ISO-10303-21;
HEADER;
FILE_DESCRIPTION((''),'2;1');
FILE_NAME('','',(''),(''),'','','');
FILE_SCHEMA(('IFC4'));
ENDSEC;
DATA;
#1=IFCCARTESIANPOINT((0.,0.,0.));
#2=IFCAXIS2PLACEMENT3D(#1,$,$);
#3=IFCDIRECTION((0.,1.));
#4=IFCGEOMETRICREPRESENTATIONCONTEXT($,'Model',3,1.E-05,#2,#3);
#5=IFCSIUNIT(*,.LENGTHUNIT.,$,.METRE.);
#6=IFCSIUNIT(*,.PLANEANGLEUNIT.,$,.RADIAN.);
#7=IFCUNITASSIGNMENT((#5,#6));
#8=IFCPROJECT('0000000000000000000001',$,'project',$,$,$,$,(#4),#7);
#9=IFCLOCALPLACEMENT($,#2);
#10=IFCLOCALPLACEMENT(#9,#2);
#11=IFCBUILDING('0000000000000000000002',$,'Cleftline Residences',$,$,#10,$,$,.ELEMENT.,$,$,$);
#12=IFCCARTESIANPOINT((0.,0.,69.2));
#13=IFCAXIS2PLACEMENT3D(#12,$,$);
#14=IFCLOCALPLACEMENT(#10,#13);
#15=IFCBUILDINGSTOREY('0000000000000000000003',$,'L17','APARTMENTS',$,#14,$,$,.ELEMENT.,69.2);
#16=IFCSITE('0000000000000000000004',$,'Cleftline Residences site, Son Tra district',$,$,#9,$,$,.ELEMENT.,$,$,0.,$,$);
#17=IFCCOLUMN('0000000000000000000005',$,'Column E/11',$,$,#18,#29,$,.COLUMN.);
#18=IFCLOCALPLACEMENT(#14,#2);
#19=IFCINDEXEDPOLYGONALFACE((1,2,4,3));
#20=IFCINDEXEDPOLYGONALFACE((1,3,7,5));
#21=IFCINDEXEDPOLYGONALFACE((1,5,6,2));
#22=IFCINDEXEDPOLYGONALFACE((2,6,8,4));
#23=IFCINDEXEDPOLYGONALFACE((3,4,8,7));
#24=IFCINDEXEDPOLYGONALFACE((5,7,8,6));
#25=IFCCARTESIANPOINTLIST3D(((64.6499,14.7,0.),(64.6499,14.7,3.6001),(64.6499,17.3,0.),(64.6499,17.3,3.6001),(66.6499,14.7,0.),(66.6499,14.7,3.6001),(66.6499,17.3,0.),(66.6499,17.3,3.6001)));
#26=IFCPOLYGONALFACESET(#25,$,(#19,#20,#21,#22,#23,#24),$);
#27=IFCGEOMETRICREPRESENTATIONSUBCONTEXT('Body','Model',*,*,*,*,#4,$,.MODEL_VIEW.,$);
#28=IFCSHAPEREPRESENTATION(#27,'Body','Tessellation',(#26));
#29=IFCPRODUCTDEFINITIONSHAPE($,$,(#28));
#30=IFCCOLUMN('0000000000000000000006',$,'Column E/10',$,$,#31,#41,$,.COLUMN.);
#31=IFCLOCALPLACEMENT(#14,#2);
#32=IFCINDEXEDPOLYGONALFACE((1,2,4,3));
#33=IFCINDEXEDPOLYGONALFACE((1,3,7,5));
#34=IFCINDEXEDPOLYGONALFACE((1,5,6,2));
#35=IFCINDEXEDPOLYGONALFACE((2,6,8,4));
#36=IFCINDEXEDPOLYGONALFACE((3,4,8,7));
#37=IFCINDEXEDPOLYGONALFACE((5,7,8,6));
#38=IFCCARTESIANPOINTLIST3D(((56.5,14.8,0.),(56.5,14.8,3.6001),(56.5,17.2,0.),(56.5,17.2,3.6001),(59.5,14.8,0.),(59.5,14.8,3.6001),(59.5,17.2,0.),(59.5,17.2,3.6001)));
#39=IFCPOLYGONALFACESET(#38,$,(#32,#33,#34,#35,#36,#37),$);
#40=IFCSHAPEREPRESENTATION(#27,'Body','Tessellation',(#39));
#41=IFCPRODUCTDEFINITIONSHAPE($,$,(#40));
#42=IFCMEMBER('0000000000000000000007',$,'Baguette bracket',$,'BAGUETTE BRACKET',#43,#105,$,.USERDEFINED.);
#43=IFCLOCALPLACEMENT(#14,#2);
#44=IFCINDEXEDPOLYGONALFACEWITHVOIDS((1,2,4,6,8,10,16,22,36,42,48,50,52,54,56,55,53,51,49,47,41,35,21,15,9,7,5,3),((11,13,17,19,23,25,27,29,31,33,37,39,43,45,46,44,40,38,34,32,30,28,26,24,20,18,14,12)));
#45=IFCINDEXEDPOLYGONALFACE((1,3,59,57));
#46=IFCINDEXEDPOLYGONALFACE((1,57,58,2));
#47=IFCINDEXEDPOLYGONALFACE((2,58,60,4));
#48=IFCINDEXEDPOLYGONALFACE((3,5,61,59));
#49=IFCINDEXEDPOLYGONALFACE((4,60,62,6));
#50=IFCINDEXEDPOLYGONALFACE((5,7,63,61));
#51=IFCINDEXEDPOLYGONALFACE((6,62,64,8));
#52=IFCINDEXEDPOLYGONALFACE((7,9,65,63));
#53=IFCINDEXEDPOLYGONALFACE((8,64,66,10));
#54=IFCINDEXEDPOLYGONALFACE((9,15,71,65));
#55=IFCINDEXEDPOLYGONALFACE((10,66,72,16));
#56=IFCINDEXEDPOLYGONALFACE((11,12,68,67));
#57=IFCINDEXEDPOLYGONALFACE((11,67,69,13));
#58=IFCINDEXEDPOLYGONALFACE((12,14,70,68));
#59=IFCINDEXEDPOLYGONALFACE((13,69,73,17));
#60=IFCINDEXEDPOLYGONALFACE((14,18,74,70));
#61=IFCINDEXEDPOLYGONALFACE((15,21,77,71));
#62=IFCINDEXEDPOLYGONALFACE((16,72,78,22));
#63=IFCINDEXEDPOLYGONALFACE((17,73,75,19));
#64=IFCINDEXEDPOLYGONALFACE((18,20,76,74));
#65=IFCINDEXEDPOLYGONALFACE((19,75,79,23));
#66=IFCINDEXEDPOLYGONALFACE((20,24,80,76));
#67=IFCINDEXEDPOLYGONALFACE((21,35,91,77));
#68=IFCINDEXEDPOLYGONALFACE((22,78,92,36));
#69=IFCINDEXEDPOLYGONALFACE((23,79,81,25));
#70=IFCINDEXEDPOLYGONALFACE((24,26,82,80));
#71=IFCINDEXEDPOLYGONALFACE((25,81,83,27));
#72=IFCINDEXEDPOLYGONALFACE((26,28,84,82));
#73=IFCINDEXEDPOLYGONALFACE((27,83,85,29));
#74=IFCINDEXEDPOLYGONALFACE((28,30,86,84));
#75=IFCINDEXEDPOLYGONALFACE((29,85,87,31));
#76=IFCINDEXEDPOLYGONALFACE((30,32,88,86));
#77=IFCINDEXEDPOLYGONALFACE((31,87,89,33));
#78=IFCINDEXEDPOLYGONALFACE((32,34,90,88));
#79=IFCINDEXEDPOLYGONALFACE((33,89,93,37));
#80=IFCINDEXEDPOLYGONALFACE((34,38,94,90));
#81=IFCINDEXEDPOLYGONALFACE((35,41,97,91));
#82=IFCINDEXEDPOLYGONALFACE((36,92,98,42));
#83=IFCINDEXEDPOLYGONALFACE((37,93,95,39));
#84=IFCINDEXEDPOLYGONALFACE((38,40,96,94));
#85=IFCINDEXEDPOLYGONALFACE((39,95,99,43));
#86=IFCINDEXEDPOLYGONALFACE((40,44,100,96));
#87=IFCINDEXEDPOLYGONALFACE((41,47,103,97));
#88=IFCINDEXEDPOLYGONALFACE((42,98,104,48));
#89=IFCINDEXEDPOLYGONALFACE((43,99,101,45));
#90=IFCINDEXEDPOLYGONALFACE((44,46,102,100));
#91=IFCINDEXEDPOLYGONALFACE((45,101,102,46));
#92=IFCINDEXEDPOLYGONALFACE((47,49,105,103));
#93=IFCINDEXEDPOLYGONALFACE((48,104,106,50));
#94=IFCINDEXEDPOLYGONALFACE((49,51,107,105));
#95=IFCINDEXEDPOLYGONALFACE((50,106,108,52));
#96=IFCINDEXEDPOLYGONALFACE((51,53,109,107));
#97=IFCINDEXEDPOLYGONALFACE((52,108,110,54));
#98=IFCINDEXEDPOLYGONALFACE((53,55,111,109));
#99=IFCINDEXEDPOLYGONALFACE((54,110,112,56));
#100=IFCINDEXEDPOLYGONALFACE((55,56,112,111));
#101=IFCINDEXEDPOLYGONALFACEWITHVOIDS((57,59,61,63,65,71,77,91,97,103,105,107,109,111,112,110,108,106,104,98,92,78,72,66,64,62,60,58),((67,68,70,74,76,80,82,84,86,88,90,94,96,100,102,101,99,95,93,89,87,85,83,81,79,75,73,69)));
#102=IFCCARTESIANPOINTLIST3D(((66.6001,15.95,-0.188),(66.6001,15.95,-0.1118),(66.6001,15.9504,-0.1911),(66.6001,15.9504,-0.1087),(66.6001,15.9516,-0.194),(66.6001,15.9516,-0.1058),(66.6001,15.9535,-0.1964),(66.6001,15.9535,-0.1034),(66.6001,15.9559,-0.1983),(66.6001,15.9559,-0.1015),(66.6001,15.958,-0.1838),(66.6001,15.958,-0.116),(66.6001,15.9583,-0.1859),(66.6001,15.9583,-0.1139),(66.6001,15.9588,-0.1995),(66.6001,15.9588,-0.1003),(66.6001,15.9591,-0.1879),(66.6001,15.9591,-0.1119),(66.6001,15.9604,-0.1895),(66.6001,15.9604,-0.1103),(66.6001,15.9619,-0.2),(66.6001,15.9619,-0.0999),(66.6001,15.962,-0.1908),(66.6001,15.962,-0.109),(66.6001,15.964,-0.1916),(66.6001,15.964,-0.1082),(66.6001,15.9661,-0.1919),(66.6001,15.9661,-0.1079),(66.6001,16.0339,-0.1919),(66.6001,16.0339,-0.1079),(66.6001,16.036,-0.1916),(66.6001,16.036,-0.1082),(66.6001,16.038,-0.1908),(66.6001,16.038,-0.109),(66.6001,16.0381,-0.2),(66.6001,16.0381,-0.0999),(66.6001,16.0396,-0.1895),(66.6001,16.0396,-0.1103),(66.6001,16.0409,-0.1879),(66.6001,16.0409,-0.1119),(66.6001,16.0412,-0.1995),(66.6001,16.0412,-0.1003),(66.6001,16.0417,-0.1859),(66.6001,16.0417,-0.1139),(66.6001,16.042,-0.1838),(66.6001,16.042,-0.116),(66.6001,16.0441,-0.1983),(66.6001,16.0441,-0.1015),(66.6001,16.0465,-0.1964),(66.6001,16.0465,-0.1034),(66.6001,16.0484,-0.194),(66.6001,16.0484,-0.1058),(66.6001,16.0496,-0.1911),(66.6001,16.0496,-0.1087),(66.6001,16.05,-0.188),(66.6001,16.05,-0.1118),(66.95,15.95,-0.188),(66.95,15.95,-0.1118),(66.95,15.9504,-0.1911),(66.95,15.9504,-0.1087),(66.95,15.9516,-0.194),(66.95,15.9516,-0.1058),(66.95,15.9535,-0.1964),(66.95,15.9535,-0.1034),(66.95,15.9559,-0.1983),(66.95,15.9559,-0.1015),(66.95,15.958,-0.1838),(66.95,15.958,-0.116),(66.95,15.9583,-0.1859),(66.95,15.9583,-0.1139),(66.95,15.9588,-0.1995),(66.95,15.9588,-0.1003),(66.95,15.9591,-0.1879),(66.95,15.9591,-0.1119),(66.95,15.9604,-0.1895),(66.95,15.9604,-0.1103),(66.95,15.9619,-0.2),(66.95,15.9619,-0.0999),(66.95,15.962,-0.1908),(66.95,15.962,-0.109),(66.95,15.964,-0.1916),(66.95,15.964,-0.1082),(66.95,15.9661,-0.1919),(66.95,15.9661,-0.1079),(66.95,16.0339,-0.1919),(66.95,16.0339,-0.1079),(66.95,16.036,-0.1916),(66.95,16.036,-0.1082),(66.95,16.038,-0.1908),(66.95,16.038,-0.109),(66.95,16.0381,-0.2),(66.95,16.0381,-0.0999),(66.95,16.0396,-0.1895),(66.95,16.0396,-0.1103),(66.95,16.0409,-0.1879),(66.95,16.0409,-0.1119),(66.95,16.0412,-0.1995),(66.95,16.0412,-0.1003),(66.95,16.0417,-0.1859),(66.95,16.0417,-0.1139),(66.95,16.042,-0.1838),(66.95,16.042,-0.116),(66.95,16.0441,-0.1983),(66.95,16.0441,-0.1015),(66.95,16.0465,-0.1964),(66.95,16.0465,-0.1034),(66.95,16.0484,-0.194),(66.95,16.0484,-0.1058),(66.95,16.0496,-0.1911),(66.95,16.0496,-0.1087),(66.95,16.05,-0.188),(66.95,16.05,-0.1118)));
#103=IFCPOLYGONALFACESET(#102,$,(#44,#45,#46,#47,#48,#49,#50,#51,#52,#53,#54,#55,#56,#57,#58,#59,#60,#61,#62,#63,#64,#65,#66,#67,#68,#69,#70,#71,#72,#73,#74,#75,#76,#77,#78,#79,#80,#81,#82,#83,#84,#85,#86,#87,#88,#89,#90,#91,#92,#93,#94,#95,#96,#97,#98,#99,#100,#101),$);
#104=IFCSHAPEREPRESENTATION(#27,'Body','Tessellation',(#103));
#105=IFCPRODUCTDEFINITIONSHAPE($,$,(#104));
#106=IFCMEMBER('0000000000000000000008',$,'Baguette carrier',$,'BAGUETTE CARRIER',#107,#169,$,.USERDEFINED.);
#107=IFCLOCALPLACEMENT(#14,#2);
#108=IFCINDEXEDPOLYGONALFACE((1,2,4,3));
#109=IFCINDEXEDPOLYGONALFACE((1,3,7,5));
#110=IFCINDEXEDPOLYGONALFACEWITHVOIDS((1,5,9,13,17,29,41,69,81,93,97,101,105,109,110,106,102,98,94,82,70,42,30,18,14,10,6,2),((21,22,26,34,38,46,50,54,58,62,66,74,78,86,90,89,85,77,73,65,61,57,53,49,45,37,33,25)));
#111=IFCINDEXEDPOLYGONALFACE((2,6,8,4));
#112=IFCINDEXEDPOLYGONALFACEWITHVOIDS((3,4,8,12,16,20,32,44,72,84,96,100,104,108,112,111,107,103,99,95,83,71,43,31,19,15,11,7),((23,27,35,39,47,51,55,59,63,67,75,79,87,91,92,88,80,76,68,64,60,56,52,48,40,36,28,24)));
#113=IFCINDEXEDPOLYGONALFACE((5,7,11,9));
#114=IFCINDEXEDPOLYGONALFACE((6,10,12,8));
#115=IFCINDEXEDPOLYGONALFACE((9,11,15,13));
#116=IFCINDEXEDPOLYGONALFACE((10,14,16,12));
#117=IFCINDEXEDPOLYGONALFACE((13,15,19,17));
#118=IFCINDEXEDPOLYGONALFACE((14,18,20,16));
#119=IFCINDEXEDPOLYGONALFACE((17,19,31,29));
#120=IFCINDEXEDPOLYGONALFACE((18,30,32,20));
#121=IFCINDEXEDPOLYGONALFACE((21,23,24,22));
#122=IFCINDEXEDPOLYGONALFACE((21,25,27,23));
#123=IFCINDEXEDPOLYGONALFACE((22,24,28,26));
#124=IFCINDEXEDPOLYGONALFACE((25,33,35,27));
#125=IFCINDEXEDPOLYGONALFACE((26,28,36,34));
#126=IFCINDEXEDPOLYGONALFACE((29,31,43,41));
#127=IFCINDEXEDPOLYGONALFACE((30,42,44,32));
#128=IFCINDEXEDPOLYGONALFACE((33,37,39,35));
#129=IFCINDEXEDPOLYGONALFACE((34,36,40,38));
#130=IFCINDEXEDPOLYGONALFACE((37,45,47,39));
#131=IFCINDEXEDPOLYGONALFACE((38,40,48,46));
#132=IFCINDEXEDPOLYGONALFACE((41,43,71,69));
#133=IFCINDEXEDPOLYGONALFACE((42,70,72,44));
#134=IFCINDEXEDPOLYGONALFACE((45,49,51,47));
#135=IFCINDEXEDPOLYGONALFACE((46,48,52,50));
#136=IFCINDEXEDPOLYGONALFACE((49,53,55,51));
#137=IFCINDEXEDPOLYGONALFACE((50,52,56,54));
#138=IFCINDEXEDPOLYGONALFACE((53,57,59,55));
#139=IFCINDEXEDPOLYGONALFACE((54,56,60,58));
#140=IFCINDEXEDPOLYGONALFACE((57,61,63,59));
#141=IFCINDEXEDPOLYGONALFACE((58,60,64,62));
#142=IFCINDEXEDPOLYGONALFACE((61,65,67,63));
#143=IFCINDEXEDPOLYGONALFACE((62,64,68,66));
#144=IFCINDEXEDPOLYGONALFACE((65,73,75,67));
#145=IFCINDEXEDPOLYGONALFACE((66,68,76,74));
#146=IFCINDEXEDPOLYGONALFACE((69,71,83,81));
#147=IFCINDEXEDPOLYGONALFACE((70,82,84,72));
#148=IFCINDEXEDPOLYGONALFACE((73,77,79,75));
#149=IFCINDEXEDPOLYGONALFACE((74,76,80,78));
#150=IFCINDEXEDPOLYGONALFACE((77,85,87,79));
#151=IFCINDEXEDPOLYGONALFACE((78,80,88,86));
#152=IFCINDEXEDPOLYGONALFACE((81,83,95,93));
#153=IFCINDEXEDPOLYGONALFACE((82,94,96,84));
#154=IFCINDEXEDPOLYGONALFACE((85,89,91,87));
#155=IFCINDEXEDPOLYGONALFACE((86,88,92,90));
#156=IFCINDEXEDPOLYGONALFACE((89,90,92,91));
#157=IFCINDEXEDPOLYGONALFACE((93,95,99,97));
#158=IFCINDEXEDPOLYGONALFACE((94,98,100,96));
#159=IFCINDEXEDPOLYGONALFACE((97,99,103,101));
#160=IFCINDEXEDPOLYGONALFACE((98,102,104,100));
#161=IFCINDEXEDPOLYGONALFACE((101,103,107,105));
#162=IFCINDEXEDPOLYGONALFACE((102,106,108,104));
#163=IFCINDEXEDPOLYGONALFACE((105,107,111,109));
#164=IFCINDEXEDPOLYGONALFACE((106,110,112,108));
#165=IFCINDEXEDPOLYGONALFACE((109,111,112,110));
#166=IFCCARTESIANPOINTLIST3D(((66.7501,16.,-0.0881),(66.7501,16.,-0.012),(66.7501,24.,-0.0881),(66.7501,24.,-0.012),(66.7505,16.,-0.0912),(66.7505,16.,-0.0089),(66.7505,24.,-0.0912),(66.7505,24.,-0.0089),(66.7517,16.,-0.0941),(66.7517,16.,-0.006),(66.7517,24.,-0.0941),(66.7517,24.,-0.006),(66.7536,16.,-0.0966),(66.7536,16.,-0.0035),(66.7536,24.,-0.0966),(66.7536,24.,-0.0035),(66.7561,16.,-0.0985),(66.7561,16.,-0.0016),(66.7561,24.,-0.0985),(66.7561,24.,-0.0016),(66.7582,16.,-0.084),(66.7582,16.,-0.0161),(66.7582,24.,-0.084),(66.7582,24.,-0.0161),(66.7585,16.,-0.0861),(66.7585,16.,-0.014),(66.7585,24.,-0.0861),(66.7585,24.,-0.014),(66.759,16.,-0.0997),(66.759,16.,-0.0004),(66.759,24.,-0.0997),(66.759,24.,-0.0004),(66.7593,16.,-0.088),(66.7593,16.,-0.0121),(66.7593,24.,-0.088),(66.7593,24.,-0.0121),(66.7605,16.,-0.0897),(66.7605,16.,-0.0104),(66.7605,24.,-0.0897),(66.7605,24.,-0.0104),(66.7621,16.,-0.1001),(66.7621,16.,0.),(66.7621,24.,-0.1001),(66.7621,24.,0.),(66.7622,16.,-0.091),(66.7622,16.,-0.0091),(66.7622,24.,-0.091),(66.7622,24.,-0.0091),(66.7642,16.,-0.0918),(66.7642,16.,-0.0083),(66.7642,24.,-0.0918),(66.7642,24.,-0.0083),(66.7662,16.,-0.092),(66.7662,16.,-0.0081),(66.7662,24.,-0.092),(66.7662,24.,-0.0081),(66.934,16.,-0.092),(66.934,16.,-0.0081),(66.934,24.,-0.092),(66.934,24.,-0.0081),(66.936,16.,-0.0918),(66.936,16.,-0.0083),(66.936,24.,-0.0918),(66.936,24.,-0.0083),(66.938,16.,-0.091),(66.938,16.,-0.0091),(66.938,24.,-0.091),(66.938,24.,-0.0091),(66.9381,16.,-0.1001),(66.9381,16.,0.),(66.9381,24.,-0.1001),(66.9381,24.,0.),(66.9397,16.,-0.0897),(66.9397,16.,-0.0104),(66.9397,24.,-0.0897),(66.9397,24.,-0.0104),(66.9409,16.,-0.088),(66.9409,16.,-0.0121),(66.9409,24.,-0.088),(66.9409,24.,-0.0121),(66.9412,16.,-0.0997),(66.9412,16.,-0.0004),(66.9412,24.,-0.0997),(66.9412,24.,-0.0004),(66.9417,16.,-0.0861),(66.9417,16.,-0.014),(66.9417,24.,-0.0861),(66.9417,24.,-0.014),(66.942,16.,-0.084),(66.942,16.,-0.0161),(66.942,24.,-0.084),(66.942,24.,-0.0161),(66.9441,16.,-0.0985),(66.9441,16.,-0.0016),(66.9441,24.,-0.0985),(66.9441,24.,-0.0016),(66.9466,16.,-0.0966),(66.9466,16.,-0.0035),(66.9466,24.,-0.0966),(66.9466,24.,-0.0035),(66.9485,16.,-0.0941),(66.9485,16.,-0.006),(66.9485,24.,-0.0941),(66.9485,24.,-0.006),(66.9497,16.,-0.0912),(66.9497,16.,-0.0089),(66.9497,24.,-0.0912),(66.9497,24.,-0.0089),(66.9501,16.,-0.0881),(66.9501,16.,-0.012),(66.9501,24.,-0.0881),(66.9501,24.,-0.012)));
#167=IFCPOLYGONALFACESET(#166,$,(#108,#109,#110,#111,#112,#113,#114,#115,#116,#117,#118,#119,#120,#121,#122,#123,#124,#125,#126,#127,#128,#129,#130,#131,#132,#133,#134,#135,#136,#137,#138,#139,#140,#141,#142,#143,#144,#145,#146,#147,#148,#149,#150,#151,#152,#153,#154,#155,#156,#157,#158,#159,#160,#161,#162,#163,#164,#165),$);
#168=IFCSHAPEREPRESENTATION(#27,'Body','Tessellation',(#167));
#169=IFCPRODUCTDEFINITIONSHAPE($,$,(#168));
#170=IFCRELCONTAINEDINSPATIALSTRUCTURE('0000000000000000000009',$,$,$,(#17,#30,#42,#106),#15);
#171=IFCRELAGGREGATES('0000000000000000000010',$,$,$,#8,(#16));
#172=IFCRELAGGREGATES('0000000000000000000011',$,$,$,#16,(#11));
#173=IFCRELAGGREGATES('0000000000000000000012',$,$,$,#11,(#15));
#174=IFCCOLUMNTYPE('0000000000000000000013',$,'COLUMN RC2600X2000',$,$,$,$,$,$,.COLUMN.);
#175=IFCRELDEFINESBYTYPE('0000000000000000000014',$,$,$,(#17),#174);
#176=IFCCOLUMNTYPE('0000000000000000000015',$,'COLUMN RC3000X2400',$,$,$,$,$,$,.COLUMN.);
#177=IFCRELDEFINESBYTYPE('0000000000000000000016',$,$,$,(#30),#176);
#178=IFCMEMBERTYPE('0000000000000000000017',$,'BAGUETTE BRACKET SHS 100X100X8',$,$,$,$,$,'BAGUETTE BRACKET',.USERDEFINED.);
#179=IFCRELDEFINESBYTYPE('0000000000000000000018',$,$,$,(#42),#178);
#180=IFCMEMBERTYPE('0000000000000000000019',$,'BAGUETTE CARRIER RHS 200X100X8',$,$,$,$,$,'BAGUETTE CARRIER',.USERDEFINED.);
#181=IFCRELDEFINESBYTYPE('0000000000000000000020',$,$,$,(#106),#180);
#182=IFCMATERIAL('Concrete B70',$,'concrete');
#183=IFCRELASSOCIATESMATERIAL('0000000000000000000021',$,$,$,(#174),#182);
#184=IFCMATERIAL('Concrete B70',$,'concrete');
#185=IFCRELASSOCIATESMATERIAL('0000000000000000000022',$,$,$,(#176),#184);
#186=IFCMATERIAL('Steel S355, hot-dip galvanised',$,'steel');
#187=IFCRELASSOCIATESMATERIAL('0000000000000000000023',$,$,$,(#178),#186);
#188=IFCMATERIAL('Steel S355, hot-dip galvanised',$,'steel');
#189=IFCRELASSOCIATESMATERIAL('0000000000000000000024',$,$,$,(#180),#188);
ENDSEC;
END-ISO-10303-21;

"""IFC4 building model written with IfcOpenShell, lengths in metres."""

from ifc_helpers import new_model, si_unit, direction, frame, origin, origin_2d, place, context, subcontext, project, spatial, rectangle, hollow_rectangle, extrude, material, material_profile, profile_set, type_object, element, save


model = new_model("IFC4")

# Units and contexts
model_context = context("Model", 3, precision=1e-05, world=origin(), true_north=direction((0.0, 1.0)))
body_context = subcontext(model_context, "Body", "Model", "MODEL_VIEW")
ifc_project = project(units=[si_unit("LENGTHUNIT", "METRE"), si_unit("PLANEANGLEUNIT", "RADIAN")], contexts=[model_context])

# Site, building, storey
site_placement = place(None, origin())
site = spatial("IfcSite", under=ifc_project, at=site_placement, Name="Cleftline Residences site, Son Tra district", CompositionType="ELEMENT", RefElevation=0.0)
building_placement = place(site_placement, origin())
building = spatial("IfcBuilding", under=site, at=building_placement, Name="Cleftline Residences", CompositionType="ELEMENT")
storey_placement = place(building_placement, frame((0.0, 0.0, 69.2)))
storey = spatial("IfcBuildingStorey", under=building, at=storey_placement, Name="L17", Description="APARTMENTS", CompositionType="ELEMENT", Elevation=69.2)

# Columns
ifc_material_1 = material(Name="Concrete B70", Category="concrete")
ifc_material_profile_1 = material_profile(ifc_material_1, rectangle(XDim=2.6001, YDim=2.0, at=origin_2d()))
ifc_profile_set_1 = profile_set([ifc_material_profile_1], Name="Concrete B70")
column_type_1 = type_object("IfcColumnType", Name="COLUMN RC2600X2000", PredefinedType="COLUMN", material=ifc_profile_set_1)
column_1_placement = place(storey_placement, frame((65.6499, 16.0, 0.0), z_axis=(0.0, 0.0, 1.0), x_axis=(0.0, 1.0, 0.0)))
element("IfcColumn", 1, at=column_1_placement, inside=storey, type_object=column_type_1, Name="Column E/11", PredefinedType="COLUMN", context=body_context, shape_type="SweptSolid", body=[
    extrude(rectangle(XDim=2.6001, YDim=2.0, at=origin_2d()), origin(), (0.0, 0.0, 1.0), 3.6001),
])
ifc_material_2 = material(Name="Concrete B70", Category="concrete")
ifc_material_profile_2 = material_profile(ifc_material_2, rectangle(XDim=3.0, YDim=2.3999, at=origin_2d()))
ifc_profile_set_2 = profile_set([ifc_material_profile_2], Name="Concrete B70")
column_type_2 = type_object("IfcColumnType", Name="COLUMN RC3000X2400", PredefinedType="COLUMN", material=ifc_profile_set_2)
column_2_placement = place(storey_placement, frame((58.0, 16.0, 0.0), z_axis=(0.0, 0.0, 1.0), x_axis=(1.0, 0.0, 0.0)))
element("IfcColumn", 2, at=column_2_placement, inside=storey, type_object=column_type_2, Name="Column E/10", PredefinedType="COLUMN", context=body_context, shape_type="SweptSolid", body=[
    extrude(rectangle(XDim=3.0, YDim=2.3999, at=origin_2d()), origin(), (0.0, 0.0, 1.0), 3.6001),
])

# Members
ifc_material_3 = material(Name="Steel S355, hot-dip galvanised", Category="steel")
ifc_material_profile_3 = material_profile(ifc_material_3, hollow_rectangle(XDim=0.1001, YDim=0.1001, WallThickness=0.0081, InnerFilletRadius=0.0081, OuterFilletRadius=0.012, at=origin_2d()))
ifc_profile_set_3 = profile_set([ifc_material_profile_3], Name="Steel S355, hot-dip galvanised")
member_type_1 = type_object("IfcMemberType", Name="BAGUETTE BRACKET SHS 100X100X8", ElementType="BAGUETTE BRACKET", PredefinedType="USERDEFINED", material=ifc_profile_set_3)
member_1_placement = place(storey_placement, frame((66.6001, 16.0, -0.1499), z_axis=(1.0, 0.0, 0.0), x_axis=(0.0, 1.0, 0.0)))
element("IfcMember", 3, at=member_1_placement, inside=storey, type_object=member_type_1, Name="Baguette bracket", ObjectType="BAGUETTE BRACKET", PredefinedType="USERDEFINED", context=body_context, shape_type="SweptSolid", body=[
    extrude(hollow_rectangle(XDim=0.1001, YDim=0.1001, WallThickness=0.0081, InnerFilletRadius=0.0081, OuterFilletRadius=0.012, at=origin_2d()), origin(), (0.0, 0.0, 1.0), 0.3499),
])
ifc_material_4 = material(Name="Steel S355, hot-dip galvanised", Category="steel")
ifc_material_profile_4 = material_profile(ifc_material_4, hollow_rectangle(XDim=0.1001, YDim=0.2, WallThickness=0.0081, InnerFilletRadius=0.0081, OuterFilletRadius=0.012, at=origin_2d()))
ifc_profile_set_4 = profile_set([ifc_material_profile_4], Name="Steel S355, hot-dip galvanised")
member_type_2 = type_object("IfcMemberType", Name="BAGUETTE CARRIER RHS 200X100X8", ElementType="BAGUETTE CARRIER", PredefinedType="USERDEFINED", material=ifc_profile_set_4)
member_2_placement = place(storey_placement, frame((66.8501, 16.0, -0.05), z_axis=(0.0, 1.0, 0.0), x_axis=(0.0, 0.0, 1.0)))
element("IfcMember", 4, at=member_2_placement, inside=storey, type_object=member_type_2, Name="Baguette carrier", ObjectType="BAGUETTE CARRIER", PredefinedType="USERDEFINED", context=body_context, shape_type="SweptSolid", body=[
    extrude(hollow_rectangle(XDim=0.1001, YDim=0.2, WallThickness=0.0081, InnerFilletRadius=0.0081, OuterFilletRadius=0.012, at=origin_2d()), origin(), (0.0, 0.0, 1.0), 8.0),
])

save(model, "model.ifc")
